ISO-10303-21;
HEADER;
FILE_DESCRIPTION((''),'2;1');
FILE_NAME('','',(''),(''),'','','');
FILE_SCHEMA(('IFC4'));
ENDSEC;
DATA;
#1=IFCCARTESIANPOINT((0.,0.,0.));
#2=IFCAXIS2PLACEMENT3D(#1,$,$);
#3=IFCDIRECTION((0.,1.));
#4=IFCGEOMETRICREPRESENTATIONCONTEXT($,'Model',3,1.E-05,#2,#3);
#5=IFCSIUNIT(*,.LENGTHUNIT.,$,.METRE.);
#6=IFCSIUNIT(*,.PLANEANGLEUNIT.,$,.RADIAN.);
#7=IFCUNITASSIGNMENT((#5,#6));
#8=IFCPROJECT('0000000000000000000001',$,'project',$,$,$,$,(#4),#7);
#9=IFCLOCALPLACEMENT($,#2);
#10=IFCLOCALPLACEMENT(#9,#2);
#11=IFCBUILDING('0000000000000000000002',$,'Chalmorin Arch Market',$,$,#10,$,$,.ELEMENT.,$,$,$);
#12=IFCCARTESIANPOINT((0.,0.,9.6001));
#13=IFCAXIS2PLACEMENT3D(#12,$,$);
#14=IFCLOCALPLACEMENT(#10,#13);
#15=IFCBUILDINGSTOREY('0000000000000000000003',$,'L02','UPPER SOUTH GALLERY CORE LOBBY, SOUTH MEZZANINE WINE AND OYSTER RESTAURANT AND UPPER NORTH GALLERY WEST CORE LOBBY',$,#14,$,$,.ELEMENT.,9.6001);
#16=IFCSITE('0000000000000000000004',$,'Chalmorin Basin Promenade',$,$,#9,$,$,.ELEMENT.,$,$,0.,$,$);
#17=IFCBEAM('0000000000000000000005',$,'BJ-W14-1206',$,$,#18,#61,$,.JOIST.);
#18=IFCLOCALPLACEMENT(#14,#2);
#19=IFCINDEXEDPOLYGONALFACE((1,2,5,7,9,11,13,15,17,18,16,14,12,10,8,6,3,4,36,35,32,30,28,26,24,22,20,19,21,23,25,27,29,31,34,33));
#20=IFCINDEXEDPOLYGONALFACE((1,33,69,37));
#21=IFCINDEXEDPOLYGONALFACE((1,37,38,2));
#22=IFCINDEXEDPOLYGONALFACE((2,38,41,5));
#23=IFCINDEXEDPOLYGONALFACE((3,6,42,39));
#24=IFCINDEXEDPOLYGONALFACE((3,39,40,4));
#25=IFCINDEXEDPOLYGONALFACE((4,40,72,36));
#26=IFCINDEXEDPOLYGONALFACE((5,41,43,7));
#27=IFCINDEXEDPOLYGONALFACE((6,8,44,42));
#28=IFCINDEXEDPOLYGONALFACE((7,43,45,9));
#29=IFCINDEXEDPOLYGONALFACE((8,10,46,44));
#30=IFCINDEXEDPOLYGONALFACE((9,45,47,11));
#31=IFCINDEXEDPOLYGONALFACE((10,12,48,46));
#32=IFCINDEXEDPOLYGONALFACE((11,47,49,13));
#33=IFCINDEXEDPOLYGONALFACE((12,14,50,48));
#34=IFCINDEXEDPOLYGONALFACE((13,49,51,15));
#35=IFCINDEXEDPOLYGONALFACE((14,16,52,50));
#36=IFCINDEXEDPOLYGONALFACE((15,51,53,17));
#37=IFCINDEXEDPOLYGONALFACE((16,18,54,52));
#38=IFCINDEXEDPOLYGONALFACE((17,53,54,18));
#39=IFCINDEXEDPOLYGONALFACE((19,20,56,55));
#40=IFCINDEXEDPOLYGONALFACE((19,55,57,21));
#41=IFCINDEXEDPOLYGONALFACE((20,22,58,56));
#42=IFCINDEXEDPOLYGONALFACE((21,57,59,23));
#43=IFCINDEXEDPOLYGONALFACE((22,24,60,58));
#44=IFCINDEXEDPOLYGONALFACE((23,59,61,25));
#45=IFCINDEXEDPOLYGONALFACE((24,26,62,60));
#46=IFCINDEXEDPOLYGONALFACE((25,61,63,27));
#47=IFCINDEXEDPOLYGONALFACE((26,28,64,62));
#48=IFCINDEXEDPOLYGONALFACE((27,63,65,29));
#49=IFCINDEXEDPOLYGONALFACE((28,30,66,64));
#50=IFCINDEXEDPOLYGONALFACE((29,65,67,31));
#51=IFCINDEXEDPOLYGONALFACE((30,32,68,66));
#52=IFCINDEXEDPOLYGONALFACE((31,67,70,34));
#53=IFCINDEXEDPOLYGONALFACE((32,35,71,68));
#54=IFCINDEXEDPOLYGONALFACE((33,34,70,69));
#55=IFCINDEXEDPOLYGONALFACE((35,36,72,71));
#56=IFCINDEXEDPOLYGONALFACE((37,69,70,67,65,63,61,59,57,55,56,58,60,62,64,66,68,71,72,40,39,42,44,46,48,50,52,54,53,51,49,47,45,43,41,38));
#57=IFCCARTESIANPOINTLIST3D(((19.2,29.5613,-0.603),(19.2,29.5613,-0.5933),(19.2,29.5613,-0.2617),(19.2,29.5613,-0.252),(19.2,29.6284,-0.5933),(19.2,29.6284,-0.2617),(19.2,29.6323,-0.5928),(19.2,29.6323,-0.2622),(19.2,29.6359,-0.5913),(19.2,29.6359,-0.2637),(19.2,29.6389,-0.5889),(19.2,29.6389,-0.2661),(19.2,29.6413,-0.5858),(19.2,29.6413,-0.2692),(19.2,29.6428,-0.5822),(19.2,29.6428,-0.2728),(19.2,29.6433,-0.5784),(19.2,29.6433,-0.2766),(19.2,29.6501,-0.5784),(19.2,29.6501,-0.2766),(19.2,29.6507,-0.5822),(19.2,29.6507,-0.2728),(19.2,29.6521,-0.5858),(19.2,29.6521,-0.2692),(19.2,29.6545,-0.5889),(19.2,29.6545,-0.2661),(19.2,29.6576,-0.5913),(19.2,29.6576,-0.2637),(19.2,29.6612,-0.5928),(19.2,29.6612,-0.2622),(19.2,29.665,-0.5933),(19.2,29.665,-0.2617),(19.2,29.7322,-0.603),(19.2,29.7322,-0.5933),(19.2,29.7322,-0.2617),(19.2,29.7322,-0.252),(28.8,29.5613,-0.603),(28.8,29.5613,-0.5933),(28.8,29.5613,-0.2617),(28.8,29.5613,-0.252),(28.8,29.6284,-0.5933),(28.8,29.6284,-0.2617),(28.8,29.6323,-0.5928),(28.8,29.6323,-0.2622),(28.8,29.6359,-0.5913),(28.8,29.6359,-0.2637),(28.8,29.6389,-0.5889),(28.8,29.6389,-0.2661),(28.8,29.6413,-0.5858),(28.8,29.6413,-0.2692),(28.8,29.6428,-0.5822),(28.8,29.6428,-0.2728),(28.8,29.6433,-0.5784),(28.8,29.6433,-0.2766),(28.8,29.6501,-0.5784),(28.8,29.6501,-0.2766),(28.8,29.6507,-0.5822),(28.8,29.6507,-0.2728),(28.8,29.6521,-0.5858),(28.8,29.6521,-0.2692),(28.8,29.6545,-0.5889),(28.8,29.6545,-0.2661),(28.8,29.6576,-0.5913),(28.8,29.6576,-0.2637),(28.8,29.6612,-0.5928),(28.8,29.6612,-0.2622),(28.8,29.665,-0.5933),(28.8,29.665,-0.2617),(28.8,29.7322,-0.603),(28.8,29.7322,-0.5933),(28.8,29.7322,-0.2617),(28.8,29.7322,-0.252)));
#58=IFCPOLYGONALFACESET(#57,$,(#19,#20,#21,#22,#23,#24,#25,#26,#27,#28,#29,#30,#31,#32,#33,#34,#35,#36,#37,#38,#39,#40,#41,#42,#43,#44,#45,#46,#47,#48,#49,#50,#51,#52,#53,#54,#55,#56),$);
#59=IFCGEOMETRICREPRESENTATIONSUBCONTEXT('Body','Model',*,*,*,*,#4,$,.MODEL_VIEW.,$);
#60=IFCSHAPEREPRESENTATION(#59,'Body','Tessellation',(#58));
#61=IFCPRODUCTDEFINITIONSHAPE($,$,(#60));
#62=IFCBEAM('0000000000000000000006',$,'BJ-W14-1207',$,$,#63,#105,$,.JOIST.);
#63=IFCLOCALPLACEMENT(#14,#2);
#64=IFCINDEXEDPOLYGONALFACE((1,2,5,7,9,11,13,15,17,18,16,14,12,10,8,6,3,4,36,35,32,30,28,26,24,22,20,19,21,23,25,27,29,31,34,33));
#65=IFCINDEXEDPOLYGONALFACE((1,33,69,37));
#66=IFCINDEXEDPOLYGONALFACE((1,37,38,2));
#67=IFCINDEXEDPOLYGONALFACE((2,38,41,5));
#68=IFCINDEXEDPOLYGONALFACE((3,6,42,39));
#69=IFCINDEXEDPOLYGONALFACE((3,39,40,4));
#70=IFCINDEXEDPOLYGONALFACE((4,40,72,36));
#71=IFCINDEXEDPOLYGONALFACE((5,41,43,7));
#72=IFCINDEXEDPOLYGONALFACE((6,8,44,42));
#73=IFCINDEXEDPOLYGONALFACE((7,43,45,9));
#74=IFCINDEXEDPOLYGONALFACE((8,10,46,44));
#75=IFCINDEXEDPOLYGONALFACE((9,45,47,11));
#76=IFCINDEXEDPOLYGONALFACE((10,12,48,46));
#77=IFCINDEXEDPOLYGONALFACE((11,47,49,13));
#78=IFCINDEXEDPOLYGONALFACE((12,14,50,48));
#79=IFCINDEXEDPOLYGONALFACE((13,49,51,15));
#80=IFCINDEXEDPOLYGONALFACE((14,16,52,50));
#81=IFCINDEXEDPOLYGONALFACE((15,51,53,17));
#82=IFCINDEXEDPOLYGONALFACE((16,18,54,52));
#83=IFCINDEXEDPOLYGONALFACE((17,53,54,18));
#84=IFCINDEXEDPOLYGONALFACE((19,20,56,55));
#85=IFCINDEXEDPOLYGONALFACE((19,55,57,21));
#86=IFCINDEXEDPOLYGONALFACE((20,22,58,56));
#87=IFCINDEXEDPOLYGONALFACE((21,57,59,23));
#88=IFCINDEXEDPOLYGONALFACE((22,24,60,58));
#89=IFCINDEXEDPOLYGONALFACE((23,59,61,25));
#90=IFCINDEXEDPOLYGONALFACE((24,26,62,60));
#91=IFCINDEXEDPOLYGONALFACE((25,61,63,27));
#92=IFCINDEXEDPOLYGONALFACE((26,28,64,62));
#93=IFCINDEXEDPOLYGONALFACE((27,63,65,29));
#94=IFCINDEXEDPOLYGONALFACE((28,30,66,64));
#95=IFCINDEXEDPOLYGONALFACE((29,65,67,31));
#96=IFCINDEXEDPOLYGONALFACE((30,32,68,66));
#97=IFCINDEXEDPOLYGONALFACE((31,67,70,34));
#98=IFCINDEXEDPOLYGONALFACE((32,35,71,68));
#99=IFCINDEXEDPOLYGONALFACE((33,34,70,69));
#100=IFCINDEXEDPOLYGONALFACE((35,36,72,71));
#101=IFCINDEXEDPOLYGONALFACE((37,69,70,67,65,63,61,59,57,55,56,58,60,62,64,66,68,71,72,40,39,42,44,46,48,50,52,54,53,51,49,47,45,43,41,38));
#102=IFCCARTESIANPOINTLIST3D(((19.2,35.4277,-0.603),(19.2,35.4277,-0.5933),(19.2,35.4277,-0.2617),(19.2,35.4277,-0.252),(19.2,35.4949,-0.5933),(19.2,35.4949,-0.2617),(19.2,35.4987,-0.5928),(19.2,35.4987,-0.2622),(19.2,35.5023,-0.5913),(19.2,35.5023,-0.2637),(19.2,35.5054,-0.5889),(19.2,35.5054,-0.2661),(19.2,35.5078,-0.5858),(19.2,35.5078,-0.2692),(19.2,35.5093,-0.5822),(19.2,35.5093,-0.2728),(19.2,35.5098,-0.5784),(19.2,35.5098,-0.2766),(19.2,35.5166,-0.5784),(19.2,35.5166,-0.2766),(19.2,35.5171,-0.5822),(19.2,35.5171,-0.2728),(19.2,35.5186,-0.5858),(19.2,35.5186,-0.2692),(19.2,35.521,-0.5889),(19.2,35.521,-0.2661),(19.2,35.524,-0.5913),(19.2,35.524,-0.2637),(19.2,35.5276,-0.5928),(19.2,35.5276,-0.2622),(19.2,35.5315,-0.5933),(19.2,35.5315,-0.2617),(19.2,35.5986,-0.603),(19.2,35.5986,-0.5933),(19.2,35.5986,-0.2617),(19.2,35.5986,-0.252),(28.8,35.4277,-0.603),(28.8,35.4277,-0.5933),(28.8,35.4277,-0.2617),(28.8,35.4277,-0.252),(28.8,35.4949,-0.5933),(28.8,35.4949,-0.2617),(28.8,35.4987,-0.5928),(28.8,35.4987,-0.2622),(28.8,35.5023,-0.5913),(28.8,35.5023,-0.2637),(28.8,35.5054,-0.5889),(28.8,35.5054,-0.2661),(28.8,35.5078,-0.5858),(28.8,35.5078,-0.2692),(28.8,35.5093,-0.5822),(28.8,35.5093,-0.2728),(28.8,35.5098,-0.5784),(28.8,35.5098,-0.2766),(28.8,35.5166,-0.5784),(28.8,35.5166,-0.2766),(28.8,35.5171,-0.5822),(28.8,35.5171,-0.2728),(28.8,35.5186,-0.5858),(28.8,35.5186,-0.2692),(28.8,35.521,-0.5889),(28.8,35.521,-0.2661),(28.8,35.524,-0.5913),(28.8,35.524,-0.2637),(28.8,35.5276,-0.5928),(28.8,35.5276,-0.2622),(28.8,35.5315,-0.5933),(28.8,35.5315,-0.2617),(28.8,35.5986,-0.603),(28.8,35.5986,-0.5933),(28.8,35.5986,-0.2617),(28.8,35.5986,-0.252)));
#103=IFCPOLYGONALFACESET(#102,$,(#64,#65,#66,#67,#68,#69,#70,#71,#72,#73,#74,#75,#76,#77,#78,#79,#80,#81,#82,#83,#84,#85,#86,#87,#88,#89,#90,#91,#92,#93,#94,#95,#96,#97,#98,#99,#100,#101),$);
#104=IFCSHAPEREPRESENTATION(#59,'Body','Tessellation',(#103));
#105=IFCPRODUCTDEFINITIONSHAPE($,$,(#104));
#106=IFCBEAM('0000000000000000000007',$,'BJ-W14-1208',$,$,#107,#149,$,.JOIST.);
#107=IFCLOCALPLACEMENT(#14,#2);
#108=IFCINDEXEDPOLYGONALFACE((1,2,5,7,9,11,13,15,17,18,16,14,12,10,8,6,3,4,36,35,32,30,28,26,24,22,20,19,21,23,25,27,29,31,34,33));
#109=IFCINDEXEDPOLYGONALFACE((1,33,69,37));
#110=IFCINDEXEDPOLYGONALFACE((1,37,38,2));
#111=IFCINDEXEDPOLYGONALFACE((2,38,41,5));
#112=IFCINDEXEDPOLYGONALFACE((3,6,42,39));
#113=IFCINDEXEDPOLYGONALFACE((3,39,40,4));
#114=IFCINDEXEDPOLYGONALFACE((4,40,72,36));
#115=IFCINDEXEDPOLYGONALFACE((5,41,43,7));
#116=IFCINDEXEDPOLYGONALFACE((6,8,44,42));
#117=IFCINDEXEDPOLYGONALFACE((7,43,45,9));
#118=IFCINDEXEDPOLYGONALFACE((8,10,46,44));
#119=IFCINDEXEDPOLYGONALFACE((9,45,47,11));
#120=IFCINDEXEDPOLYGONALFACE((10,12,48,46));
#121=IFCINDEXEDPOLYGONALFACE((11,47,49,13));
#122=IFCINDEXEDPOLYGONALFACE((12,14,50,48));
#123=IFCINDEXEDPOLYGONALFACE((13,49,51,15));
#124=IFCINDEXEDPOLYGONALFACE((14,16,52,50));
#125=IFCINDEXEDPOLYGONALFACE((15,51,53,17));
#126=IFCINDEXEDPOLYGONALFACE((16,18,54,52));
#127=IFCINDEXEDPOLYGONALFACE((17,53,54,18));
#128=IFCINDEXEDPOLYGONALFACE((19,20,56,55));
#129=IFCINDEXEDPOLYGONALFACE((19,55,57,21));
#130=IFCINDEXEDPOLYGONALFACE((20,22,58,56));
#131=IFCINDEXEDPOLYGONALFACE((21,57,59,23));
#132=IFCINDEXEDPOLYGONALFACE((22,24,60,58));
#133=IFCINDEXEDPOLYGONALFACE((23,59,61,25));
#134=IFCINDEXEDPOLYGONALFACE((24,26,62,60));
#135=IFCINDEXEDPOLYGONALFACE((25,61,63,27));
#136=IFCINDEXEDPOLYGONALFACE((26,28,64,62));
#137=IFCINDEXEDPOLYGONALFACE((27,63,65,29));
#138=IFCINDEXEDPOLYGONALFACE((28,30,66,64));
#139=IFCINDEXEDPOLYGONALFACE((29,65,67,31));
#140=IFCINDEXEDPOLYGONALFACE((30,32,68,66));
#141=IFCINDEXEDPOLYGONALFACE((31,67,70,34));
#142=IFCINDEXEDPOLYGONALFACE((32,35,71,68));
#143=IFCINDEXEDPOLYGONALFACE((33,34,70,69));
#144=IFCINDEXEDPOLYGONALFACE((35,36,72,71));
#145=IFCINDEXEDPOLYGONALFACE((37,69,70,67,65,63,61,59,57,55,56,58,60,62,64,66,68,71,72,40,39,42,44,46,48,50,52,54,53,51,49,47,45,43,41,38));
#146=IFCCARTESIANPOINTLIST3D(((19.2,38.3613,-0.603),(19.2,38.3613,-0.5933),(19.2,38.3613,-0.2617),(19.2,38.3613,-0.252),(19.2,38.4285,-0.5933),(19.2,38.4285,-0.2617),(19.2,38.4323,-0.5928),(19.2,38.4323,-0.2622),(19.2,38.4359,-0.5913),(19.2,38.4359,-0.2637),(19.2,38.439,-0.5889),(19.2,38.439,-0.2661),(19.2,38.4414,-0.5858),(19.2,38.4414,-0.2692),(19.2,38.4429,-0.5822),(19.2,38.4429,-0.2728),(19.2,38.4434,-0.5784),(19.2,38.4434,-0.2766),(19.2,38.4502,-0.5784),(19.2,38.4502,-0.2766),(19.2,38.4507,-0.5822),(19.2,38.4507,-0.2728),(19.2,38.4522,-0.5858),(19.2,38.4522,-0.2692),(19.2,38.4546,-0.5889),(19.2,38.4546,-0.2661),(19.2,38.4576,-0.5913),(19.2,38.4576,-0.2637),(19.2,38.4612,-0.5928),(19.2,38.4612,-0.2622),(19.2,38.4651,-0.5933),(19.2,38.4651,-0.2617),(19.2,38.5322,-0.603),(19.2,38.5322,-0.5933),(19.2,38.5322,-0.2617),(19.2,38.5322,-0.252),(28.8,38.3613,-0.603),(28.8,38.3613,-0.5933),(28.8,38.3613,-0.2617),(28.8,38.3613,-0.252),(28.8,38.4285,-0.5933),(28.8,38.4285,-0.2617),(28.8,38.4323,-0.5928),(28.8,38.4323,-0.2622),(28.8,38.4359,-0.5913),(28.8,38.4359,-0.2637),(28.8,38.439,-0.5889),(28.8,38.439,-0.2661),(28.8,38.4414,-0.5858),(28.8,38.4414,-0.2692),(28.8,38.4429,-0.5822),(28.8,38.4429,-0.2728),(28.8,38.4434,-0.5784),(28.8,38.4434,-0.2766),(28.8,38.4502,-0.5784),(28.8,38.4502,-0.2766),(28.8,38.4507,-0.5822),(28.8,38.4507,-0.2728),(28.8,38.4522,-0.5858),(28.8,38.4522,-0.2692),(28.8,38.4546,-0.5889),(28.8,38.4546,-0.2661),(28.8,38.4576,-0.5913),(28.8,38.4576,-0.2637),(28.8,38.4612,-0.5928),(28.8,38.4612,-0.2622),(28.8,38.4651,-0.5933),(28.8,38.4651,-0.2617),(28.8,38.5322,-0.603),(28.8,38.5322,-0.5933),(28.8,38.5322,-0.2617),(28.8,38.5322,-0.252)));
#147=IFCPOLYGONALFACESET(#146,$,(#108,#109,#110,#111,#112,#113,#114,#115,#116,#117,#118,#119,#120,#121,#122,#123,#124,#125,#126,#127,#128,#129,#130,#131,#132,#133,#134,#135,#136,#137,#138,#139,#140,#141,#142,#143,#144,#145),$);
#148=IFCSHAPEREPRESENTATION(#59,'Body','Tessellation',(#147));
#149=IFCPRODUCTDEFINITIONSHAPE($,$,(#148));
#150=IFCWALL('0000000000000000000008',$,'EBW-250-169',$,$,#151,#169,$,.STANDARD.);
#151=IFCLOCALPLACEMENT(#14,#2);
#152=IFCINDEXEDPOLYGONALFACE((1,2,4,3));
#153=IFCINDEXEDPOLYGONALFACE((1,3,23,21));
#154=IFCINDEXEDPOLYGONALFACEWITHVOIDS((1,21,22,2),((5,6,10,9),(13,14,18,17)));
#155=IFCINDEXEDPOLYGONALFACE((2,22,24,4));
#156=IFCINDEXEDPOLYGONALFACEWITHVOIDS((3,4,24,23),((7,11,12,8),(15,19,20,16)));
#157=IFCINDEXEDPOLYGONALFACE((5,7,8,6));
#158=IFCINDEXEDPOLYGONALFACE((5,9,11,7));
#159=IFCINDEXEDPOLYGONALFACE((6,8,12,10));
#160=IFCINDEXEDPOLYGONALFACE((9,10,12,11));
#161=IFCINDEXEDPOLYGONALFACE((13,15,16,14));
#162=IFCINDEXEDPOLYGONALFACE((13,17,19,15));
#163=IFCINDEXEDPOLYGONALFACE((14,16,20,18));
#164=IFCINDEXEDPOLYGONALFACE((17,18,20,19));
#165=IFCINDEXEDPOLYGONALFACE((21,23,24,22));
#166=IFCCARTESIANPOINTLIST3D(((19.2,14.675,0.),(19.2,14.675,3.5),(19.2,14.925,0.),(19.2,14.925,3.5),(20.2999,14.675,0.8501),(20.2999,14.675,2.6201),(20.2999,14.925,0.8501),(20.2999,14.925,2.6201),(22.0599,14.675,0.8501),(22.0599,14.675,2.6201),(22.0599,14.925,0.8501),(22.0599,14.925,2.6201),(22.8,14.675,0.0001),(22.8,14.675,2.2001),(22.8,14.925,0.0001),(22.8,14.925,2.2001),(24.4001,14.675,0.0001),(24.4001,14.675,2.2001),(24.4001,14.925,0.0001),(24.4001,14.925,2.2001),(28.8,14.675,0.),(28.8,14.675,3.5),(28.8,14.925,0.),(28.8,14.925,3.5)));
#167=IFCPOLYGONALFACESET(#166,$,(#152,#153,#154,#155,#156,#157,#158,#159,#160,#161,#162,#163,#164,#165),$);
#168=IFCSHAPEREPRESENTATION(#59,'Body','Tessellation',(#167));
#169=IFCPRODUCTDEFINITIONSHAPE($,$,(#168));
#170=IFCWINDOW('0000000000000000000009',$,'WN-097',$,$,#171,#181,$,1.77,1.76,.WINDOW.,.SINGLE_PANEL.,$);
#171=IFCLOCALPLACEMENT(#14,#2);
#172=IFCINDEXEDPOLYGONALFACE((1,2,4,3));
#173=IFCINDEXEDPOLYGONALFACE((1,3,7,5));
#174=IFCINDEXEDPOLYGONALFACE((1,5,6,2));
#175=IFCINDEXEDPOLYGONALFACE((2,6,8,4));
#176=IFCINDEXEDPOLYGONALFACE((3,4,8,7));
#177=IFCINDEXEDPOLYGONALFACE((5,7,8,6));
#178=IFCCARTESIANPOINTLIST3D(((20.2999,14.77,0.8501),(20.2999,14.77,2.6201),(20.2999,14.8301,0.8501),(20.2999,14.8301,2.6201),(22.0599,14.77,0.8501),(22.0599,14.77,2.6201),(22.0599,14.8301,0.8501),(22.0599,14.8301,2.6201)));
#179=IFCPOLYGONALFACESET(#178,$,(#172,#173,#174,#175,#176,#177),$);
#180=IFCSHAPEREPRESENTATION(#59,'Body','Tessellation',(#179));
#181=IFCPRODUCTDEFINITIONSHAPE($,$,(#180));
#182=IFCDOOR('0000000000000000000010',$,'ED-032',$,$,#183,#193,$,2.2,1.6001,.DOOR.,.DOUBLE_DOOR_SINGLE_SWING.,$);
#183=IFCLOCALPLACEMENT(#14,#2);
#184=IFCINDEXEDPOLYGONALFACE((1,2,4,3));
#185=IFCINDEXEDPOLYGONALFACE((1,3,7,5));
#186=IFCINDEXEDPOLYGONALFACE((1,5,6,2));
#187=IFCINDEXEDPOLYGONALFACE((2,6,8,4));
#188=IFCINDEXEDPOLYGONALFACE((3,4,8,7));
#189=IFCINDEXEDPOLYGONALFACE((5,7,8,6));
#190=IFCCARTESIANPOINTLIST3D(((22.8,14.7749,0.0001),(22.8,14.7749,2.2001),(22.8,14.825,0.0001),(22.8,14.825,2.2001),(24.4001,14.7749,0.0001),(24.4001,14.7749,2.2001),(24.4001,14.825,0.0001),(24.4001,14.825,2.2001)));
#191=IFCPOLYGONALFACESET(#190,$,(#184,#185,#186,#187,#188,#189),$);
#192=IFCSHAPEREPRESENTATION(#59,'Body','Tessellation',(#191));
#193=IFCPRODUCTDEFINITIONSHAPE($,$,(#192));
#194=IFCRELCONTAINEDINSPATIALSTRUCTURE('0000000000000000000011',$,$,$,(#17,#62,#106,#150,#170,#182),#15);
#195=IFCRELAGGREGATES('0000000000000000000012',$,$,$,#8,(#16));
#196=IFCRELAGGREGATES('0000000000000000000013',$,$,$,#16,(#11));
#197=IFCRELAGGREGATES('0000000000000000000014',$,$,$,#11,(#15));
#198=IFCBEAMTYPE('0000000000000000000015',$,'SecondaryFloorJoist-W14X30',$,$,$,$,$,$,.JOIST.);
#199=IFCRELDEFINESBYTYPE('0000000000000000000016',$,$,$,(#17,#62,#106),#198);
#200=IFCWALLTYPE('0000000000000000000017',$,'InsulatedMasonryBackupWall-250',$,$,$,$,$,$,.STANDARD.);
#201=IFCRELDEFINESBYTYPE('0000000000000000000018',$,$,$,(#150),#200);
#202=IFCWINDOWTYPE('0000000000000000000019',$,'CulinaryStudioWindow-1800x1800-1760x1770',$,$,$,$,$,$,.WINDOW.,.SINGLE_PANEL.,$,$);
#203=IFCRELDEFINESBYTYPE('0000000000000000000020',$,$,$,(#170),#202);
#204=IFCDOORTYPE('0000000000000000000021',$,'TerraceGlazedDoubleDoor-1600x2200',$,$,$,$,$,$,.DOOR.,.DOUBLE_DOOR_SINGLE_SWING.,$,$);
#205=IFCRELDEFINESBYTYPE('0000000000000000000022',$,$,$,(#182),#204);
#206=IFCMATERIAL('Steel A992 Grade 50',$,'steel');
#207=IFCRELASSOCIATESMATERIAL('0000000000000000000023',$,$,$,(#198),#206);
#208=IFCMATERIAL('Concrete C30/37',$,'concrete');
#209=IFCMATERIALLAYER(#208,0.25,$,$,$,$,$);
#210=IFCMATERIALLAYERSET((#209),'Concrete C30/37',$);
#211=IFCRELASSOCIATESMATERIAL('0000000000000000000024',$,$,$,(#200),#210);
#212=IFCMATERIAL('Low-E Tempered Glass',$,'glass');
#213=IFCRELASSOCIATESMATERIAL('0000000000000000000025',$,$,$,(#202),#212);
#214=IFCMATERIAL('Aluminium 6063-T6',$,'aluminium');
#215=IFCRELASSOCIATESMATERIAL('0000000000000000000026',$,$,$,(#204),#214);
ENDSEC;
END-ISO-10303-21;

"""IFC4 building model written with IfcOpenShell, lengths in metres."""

from ifc_helpers import new_model, si_unit, direction, frame, frame_2d, origin, origin_2d, place, context, subcontext, project, spatial, rectangle, i_section, extrude, material, layer, layer_set, material_profile, profile_set, type_object, element, fill, save


model = new_model("IFC4")

# Units and contexts
model_context = context("Model", 3, precision=1e-05, world=origin(), true_north=direction((0.0, 1.0)))
body_context = subcontext(model_context, "Body", "Model", "MODEL_VIEW")
ifc_project = project(units=[si_unit("LENGTHUNIT", "METRE"), si_unit("PLANEANGLEUNIT", "RADIAN")], contexts=[model_context])

# Site, building, storey
site_placement = place(None, origin())
site = spatial("IfcSite", under=ifc_project, at=site_placement, Name="Chalmorin Basin Promenade", CompositionType="ELEMENT", RefElevation=0.0)
building_placement = place(site_placement, origin())
building = spatial("IfcBuilding", under=site, at=building_placement, Name="Chalmorin Arch Market", CompositionType="ELEMENT")
storey_placement = place(building_placement, frame((0.0, 0.0, 9.6001)))
storey = spatial("IfcBuildingStorey", under=building, at=storey_placement, Name="L02", Description="UPPER SOUTH GALLERY CORE LOBBY, SOUTH MEZZANINE WINE AND OYSTER RESTAURANT AND UPPER NORTH GALLERY WEST CORE LOBBY", CompositionType="ELEMENT", Elevation=9.6001)

# Shared definitions
ifc_material_1 = material(Name="Steel A992 Grade 50", Category="steel")

# Beams
ifc_material_profile_1 = material_profile(ifc_material_1, i_section(OverallWidth=0.1709, OverallDepth=0.3511, WebThickness=0.0068, FlangeThickness=0.0098, FilletRadius=0.0149, at=origin_2d()), Name="W14X30")
ifc_profile_set_1 = profile_set([ifc_material_profile_1], Name="Steel A992 Grade 50")
beam_type_1 = type_object("IfcBeamType", Name="SecondaryFloorJoist-W14X30", PredefinedType="JOIST", material=ifc_profile_set_1)
for number, where, z_axis, x_axis, name in (
    (1, (19.2, 29.6467, -0.4275), (1.0, 0.0, 0.0), (0.0, 1.0, 0.0), "BJ-W14-1206"),
    (2, (19.2, 35.5132, -0.4275), (1.0, 0.0, 0.0), (0.0, 1.0, 0.0), "BJ-W14-1207"),
    (3, (19.2, 38.4468, -0.4275), (1.0, 0.0, 0.0), (0.0, 1.0, 0.0), "BJ-W14-1208"),
):
    element("IfcBeam", number, at=place(storey_placement, frame(where, z_axis=z_axis, x_axis=x_axis)), inside=storey, type_object=beam_type_1, Name=name, PredefinedType="JOIST", context=body_context, shape_type="SweptSolid", body=[
        extrude(i_section(OverallWidth=0.1709, OverallDepth=0.3511, WebThickness=0.0068, FlangeThickness=0.0098, FilletRadius=0.0149, at=origin_2d()), origin(), (0.0, 0.0, 1.0), 9.6001),
    ])

# Wall, openings, window, door
ifc_material_2 = material(Name="Concrete C30/37", Category="concrete")
ifc_layer = layer(ifc_material_2, 0.25)
ifc_layer_set = layer_set([ifc_layer], Name="Concrete C30/37")
wall_type = type_object("IfcWallType", Name="InsulatedMasonryBackupWall-250", PredefinedType="STANDARD", material=ifc_layer_set)
wall_1_placement = place(storey_placement, frame((19.2, 14.8, 0.0), z_axis=(0.0, 0.0, 1.0), x_axis=(1.0, 0.0, 0.0)))
wall_1 = element("IfcWall", 4, at=wall_1_placement, inside=storey, type_object=wall_type, Name="EBW-250-169", PredefinedType="STANDARD", context=body_context, shape_type="SweptSolid", body=[
    extrude(rectangle(XDim=9.6001, YDim=0.25, at=frame_2d((4.8, 0.0))), origin(), (0.0, 0.0, 1.0), 3.5),
])
opening_1_placement = place(wall_1_placement, frame((3.6001, 0.0, 0.0)))
opening_1 = element("IfcOpeningElement", 5, at=opening_1_placement, cuts=wall_1, PredefinedType="OPENING", context=body_context, shape_type="SweptSolid", body=[
    extrude(rectangle(XDim=1.6001, YDim=2.2, at=frame_2d((0.8, 1.1001))), frame((0.0, 0.135, 0.0), z_axis=(0.0, -1.0, 0.0), x_axis=(1.0, 0.0, 0.0)), (0.0, 0.0, 1.0), 0.27),
])
opening_2_placement = place(wall_1_placement, frame((1.1001, 0.0, 0.8501)))
opening_2 = element("IfcOpeningElement", 6, at=opening_2_placement, cuts=wall_1, PredefinedType="OPENING", context=body_context, shape_type="SweptSolid", body=[
    extrude(rectangle(XDim=1.76, YDim=1.77, at=frame_2d((0.8799, 0.885))), frame((0.0, 0.135, 0.0), z_axis=(0.0, -1.0, 0.0), x_axis=(1.0, 0.0, 0.0)), (0.0, 0.0, 1.0), 0.27),
])
ifc_material_3 = material(Name="Low-E Tempered Glass", Category="glass")
window_type_1 = type_object("IfcWindowType", Name="CulinaryStudioWindow-1800x1800-1760x1770", PartitioningType="SINGLE_PANEL", PredefinedType="WINDOW", material=ifc_material_3)
window_1_placement = place(opening_2_placement, origin())
window_1 = element("IfcWindow", 7, at=window_1_placement, inside=storey, type_object=window_type_1, Name="WN-097", OverallHeight=1.77, OverallWidth=1.76, PartitioningType="SINGLE_PANEL", PredefinedType="WINDOW", context=body_context, shape_type="SweptSolid", body=[
    extrude(rectangle(XDim=1.76, YDim=1.77, at=frame_2d((0.8799, 0.885))), frame((0.0, 0.03, 0.0), z_axis=(0.0, -1.0, 0.0), x_axis=(1.0, 0.0, 0.0)), (0.0, 0.0, 1.0), 0.0601),
])
fill(opening_2, window_1)
ifc_material_4 = material(Name="Aluminium 6063-T6", Category="aluminium")
door_type_1 = type_object("IfcDoorType", Name="TerraceGlazedDoubleDoor-1600x2200", OperationType="DOUBLE_DOOR_SINGLE_SWING", PredefinedType="DOOR", material=ifc_material_4)
door_1_placement = place(opening_1_placement, origin())
door_1 = element("IfcDoor", 8, at=door_1_placement, inside=storey, type_object=door_type_1, Name="ED-032", OperationType="DOUBLE_DOOR_SINGLE_SWING", OverallHeight=2.2, OverallWidth=1.6001, PredefinedType="DOOR", context=body_context, shape_type="SweptSolid", body=[
    extrude(rectangle(XDim=1.6001, YDim=2.2, at=frame_2d((0.8, 1.1001))), frame((0.0, 0.0249, 0.0), z_axis=(0.0, -1.0, 0.0), x_axis=(1.0, 0.0, 0.0)), (0.0, 0.0, 1.0), 0.05),
])
fill(opening_1, door_1)

save(model, "model.ifc")
